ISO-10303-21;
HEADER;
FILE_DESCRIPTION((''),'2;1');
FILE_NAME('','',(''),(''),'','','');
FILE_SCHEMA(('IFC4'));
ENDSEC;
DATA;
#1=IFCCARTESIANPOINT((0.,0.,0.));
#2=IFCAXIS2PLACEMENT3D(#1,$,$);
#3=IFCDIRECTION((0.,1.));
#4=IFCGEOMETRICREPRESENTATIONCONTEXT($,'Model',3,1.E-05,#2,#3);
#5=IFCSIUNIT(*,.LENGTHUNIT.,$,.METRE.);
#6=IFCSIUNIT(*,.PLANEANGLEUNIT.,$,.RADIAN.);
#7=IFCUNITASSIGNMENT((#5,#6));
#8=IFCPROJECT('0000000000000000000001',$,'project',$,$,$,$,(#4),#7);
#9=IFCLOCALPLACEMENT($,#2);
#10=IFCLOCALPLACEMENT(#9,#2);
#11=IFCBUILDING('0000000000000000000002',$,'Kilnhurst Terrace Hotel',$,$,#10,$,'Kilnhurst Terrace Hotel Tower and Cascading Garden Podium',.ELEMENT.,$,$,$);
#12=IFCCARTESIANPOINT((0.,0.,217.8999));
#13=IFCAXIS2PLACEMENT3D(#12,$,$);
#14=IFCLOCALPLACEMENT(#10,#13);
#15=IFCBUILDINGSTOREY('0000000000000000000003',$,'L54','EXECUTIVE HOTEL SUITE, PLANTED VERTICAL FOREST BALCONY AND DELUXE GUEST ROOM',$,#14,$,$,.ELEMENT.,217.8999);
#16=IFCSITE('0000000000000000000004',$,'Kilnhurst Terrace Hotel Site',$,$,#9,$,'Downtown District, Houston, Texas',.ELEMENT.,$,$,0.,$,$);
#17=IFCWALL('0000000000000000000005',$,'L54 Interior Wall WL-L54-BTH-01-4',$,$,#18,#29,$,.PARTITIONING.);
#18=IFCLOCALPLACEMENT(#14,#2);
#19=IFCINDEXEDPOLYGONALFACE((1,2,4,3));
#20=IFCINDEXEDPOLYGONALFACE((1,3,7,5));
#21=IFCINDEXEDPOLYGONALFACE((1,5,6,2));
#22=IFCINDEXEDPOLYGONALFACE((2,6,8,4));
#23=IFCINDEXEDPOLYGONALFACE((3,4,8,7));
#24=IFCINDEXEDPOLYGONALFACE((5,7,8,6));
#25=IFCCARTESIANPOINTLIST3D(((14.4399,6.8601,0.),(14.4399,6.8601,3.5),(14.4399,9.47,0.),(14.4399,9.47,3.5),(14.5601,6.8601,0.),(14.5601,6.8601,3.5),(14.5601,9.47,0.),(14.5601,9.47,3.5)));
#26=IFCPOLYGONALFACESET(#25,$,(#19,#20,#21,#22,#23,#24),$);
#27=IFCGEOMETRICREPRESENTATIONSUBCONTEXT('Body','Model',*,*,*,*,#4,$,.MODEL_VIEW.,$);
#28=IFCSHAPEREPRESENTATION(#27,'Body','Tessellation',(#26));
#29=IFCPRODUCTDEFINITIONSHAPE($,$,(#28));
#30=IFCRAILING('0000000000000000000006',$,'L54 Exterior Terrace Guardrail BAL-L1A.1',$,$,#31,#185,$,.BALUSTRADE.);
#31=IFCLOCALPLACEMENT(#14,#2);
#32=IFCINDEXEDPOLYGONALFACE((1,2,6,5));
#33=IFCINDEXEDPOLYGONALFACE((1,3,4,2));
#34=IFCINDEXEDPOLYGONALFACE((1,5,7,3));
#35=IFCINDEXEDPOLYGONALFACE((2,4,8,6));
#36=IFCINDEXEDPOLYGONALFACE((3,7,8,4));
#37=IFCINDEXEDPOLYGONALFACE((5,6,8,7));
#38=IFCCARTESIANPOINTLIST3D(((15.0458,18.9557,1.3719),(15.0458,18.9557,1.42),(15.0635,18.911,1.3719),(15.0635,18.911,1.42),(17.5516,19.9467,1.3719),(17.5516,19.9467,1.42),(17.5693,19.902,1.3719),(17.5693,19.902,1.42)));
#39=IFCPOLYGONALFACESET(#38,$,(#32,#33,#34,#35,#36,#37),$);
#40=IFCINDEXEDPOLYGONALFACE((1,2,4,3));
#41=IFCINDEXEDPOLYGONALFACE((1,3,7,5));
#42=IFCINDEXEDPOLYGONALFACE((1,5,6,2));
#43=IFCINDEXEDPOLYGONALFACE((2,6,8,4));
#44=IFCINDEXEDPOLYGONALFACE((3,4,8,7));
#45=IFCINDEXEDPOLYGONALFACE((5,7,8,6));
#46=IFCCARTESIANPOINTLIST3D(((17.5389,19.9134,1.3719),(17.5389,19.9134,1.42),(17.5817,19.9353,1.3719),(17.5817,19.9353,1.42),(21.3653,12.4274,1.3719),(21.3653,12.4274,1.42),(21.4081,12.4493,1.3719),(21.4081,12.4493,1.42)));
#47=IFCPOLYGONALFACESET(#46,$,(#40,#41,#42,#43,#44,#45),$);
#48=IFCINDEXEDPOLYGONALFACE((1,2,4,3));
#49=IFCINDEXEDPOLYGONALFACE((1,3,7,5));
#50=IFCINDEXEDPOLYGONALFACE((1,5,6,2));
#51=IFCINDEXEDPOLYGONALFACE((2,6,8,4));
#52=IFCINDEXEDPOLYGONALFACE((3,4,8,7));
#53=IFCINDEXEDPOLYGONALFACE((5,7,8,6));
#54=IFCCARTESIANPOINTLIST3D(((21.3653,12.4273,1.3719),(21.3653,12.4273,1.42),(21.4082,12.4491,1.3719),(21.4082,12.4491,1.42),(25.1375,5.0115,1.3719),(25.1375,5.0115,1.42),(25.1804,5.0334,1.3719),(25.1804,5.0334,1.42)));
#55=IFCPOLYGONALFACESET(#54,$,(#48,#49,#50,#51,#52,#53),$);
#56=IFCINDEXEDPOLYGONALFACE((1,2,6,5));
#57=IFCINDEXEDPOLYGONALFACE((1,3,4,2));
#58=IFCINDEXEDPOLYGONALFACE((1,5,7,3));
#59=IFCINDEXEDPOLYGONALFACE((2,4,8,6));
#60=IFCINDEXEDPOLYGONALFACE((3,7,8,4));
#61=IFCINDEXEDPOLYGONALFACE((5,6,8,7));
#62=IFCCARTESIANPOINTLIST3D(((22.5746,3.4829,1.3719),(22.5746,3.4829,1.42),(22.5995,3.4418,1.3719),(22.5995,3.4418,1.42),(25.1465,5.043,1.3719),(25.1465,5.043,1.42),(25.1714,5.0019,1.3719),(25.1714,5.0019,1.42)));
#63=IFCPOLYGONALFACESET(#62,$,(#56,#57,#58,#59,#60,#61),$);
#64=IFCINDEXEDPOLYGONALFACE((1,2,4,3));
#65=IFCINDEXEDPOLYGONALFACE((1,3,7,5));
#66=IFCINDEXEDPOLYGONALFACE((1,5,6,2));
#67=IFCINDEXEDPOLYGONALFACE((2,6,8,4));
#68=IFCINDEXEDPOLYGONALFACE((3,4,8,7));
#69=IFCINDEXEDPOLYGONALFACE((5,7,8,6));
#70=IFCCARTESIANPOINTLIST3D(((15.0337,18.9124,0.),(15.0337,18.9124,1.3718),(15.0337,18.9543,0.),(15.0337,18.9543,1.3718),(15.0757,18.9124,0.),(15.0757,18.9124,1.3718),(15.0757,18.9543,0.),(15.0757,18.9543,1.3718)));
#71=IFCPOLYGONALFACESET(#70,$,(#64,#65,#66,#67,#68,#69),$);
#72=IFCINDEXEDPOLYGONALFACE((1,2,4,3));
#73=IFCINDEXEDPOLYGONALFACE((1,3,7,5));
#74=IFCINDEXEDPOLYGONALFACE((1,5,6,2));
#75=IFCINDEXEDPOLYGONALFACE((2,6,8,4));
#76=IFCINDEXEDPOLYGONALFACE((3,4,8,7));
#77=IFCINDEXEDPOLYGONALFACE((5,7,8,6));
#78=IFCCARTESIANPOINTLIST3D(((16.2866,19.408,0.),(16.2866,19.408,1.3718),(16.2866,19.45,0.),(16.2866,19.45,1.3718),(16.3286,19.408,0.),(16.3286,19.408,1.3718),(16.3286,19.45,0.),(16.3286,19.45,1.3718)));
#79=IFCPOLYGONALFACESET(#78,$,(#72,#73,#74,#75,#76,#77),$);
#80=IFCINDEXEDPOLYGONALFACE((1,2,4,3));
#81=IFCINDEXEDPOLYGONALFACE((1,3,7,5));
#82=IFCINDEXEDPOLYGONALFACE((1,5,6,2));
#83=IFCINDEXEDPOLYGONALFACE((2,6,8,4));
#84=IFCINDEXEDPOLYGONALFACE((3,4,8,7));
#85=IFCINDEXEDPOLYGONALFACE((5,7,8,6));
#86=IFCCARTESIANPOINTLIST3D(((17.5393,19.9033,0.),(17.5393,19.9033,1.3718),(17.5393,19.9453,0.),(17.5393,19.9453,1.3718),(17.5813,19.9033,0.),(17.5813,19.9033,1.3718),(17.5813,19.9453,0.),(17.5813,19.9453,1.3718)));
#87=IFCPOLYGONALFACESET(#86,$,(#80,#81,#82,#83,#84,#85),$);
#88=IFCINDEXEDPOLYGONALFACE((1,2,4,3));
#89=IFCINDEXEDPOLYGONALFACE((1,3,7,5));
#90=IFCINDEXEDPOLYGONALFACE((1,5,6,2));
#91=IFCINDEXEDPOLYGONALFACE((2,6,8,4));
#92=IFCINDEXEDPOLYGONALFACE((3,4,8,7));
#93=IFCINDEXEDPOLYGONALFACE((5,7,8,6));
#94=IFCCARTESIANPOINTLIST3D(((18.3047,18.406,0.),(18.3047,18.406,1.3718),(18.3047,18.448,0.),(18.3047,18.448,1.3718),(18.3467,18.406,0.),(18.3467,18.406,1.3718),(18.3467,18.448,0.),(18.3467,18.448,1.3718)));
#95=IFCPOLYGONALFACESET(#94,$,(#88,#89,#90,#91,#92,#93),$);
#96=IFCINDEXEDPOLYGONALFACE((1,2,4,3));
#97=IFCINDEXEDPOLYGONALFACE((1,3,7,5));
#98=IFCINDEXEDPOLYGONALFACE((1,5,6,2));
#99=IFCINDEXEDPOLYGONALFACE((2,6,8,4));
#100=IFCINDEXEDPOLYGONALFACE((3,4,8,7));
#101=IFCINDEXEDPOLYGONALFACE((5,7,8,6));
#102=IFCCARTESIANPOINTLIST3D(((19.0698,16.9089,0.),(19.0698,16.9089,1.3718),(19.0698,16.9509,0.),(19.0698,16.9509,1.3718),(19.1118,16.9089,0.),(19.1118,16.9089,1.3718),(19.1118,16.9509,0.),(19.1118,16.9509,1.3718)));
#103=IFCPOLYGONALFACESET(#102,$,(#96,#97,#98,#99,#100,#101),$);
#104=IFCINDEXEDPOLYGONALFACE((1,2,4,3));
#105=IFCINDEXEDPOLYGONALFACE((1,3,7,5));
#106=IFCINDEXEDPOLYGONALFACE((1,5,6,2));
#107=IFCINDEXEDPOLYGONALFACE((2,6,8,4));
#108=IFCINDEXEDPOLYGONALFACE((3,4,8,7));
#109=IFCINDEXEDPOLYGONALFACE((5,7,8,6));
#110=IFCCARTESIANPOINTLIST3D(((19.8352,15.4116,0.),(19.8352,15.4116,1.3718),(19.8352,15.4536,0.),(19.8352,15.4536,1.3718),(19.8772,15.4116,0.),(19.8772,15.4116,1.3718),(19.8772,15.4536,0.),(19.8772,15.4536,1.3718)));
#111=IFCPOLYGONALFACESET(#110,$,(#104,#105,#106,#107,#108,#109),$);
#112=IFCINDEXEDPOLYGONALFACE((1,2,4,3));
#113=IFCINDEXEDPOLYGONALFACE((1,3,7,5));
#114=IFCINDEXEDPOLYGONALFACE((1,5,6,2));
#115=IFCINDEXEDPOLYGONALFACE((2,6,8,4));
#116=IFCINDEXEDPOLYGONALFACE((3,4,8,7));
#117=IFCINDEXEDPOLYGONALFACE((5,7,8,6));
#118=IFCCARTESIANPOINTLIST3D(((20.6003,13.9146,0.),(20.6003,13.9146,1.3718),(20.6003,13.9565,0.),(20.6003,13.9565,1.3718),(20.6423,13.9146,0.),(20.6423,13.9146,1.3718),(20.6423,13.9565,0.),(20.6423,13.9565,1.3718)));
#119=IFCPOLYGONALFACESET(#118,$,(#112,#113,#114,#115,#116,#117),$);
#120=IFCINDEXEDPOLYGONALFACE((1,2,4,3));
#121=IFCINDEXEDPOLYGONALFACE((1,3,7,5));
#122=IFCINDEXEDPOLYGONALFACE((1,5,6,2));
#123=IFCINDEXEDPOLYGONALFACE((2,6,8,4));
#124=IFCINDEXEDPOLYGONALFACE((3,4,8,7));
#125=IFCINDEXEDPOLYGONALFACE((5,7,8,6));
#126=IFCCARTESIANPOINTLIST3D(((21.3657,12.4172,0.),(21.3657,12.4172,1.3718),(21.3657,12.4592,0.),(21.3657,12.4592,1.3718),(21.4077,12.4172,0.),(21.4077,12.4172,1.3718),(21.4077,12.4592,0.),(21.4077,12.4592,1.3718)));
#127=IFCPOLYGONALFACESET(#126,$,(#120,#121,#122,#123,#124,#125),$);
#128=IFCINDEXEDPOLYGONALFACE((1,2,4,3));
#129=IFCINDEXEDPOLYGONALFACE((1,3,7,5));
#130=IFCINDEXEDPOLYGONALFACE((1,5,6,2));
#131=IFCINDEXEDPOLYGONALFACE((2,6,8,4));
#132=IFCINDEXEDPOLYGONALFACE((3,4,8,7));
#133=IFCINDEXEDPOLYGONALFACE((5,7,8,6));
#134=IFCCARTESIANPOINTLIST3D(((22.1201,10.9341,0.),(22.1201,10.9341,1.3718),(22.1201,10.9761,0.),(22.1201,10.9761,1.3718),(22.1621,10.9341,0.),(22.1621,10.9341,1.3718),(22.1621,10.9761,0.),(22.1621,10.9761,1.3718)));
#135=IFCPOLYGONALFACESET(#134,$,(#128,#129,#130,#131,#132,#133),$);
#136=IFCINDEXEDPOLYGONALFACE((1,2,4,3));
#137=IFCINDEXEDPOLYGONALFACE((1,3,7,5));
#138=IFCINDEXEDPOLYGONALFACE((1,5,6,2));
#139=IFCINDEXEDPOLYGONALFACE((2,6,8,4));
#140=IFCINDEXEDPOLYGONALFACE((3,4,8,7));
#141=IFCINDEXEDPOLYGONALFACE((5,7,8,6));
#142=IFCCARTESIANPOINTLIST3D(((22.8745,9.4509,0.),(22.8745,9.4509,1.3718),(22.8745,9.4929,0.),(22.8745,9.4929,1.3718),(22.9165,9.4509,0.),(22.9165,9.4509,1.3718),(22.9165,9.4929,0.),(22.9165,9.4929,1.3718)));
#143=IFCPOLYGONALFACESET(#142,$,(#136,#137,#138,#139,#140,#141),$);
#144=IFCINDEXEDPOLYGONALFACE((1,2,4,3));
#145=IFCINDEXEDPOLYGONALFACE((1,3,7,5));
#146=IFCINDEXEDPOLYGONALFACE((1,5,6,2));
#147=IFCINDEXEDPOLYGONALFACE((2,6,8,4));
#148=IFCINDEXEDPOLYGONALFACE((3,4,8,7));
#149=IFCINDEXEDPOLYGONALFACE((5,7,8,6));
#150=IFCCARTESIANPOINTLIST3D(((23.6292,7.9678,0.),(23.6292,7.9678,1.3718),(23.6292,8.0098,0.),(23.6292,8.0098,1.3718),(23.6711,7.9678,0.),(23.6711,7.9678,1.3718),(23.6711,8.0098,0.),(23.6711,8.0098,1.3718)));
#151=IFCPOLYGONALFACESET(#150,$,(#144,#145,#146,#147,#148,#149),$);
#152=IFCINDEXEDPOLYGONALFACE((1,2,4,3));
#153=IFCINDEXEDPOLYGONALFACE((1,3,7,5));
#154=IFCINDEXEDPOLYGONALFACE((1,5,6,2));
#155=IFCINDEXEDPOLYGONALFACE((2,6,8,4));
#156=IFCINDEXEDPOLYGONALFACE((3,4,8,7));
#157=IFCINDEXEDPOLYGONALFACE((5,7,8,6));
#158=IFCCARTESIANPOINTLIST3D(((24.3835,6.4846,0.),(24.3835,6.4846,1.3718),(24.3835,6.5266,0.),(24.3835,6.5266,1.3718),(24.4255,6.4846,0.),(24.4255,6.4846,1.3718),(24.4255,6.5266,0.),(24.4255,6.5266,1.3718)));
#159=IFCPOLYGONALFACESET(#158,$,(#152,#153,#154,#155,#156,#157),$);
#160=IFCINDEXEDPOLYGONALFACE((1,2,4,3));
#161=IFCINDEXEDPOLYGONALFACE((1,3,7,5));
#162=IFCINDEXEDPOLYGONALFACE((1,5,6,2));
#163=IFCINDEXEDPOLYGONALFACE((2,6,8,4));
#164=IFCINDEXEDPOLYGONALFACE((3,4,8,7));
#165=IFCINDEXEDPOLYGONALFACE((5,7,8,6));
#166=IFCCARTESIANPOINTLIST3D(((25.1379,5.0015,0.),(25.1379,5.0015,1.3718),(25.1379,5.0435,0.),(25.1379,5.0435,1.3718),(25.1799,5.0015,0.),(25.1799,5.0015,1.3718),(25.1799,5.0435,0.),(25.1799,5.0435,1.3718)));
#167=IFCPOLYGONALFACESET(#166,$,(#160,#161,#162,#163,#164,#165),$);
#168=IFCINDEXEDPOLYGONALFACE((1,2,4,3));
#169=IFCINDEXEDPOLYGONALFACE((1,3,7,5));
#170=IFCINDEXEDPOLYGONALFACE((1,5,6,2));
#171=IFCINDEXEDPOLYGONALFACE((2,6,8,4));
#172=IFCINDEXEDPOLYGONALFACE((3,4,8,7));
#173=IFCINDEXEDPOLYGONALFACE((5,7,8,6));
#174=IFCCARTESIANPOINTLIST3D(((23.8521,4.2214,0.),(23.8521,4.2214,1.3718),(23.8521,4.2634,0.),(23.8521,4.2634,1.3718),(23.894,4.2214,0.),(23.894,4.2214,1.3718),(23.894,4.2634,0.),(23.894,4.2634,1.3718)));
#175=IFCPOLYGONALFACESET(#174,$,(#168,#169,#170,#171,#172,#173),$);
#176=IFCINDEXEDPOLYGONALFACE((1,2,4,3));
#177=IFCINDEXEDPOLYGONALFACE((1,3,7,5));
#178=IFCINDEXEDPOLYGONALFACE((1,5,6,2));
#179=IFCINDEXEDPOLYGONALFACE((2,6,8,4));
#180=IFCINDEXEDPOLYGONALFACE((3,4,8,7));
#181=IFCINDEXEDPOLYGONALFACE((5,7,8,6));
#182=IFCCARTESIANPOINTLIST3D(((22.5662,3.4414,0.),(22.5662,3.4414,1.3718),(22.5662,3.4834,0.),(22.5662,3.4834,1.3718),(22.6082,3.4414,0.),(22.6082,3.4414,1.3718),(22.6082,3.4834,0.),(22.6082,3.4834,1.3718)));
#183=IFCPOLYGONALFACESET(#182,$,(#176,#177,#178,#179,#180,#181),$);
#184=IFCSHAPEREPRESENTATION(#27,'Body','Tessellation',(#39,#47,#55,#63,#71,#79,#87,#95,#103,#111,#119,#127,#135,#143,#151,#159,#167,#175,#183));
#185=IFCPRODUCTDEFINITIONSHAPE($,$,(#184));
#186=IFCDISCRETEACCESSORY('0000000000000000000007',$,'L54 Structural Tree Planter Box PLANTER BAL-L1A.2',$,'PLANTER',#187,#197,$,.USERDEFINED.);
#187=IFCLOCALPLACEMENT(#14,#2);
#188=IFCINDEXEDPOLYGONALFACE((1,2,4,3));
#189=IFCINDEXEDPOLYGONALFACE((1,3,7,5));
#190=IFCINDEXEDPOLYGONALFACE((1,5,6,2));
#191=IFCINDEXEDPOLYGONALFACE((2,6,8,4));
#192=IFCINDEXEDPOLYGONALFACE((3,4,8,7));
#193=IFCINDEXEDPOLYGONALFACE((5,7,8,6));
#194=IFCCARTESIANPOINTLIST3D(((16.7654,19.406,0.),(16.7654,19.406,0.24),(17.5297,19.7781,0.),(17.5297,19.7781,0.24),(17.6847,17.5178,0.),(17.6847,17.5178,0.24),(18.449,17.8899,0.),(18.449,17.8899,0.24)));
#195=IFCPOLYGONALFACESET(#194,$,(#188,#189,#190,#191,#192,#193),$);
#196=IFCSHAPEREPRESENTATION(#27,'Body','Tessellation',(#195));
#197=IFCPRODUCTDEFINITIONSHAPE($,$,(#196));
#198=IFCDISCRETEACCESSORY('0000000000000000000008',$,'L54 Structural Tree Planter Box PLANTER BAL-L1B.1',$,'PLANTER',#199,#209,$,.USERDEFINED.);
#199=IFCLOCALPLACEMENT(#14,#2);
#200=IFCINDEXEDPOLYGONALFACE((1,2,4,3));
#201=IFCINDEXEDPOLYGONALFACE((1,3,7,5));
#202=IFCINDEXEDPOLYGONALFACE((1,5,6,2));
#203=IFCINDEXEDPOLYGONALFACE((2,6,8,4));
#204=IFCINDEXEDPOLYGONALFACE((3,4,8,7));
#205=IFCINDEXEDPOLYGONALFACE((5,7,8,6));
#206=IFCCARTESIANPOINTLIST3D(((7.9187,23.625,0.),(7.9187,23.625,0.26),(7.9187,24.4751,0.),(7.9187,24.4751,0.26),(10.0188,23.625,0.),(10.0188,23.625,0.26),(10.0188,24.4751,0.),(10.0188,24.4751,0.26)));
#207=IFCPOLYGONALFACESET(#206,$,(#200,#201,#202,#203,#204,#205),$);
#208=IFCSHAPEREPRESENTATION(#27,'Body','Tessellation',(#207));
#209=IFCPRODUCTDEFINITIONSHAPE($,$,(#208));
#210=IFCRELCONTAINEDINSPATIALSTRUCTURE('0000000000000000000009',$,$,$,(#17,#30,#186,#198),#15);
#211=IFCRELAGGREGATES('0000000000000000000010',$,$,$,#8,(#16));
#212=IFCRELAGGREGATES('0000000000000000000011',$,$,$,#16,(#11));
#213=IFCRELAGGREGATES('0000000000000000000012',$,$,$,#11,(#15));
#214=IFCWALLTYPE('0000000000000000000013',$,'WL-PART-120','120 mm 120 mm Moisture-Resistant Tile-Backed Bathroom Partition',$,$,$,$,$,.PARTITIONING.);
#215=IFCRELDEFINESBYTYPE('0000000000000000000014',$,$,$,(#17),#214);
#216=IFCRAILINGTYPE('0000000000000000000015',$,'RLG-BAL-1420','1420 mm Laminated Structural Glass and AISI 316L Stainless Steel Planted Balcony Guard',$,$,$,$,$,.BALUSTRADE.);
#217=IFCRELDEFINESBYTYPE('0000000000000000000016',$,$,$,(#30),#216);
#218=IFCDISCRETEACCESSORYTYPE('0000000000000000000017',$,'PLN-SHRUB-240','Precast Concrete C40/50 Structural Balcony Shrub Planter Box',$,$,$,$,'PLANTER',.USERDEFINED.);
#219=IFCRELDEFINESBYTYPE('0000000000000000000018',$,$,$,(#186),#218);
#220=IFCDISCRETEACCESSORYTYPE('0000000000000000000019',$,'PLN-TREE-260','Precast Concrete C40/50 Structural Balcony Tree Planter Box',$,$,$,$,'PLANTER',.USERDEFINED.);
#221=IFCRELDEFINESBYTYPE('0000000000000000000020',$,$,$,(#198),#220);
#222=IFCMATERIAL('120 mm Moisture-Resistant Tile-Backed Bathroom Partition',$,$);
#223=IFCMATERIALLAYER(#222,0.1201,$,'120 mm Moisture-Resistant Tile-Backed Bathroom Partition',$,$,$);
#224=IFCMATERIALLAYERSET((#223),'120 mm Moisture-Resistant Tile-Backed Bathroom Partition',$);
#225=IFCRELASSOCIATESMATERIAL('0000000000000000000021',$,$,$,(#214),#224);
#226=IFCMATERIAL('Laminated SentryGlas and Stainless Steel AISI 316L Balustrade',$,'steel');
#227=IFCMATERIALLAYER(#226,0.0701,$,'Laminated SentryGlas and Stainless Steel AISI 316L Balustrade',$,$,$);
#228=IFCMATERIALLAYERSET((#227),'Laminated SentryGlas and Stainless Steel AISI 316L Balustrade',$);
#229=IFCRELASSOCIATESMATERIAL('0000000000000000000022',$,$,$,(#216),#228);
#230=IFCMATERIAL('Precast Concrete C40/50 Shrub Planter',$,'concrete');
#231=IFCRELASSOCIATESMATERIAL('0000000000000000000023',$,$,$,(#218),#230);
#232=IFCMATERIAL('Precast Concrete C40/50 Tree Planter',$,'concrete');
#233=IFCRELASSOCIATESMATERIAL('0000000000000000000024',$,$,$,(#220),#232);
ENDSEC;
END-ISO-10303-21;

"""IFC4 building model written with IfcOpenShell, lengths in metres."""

from ifc_helpers import new_model, si_unit, direction, frame, frame_2d, origin, origin_2d, place, context, subcontext, project, spatial, rectangle, extrude, material, layer, layer_set, type_object, element, save


model = new_model("IFC4")

# Units and contexts
model_context = context("Model", 3, precision=1e-05, world=origin(), true_north=direction((0.0, 1.0)))
body_context = subcontext(model_context, "Body", "Model", "MODEL_VIEW")
ifc_project = project(units=[si_unit("LENGTHUNIT", "METRE"), si_unit("PLANEANGLEUNIT", "RADIAN")], contexts=[model_context])

# Site, building, storey
site_placement = place(None, origin())
site = spatial("IfcSite", under=ifc_project, at=site_placement, Name="Kilnhurst Terrace Hotel Site", LongName="Downtown District, Houston, Texas", CompositionType="ELEMENT", RefElevation=0.0)
building_placement = place(site_placement, origin())
building = spatial("IfcBuilding", under=site, at=building_placement, Name="Kilnhurst Terrace Hotel", LongName="Kilnhurst Terrace Hotel Tower and Cascading Garden Podium", CompositionType="ELEMENT")
storey_placement = place(building_placement, frame((0.0, 0.0, 217.8999)))
storey = spatial("IfcBuildingStorey", under=building, at=storey_placement, Name="L54", Description="EXECUTIVE HOTEL SUITE, PLANTED VERTICAL FOREST BALCONY AND DELUXE GUEST ROOM", CompositionType="ELEMENT", Elevation=217.8999)

# Wall
ifc_material_1 = material(Name="120 mm Moisture-Resistant Tile-Backed Bathroom Partition")
ifc_layer_1 = layer(ifc_material_1, 0.1201, Name="120 mm Moisture-Resistant Tile-Backed Bathroom Partition")
ifc_layer_set_1 = layer_set([ifc_layer_1], Name="120 mm Moisture-Resistant Tile-Backed Bathroom Partition")
wall_type_1 = type_object("IfcWallType", Name="WL-PART-120", Description="120 mm 120 mm Moisture-Resistant Tile-Backed Bathroom Partition", PredefinedType="PARTITIONING", material=ifc_layer_set_1)
wall_1_placement = place(storey_placement, frame((14.5, 9.47, 0.0), z_axis=(0.0, 0.0, 1.0), x_axis=(0.0, -1.0, 0.0)))
element("IfcWall", 1, at=wall_1_placement, inside=storey, type_object=wall_type_1, Name="L54 Interior Wall WL-L54-BTH-01-4", PredefinedType="PARTITIONING", context=body_context, shape_type="SweptSolid", body=[
    extrude(rectangle(XDim=2.6099, YDim=0.1201, at=frame_2d((1.3049, 0.0))), origin(), (0.0, 0.0, 1.0), 3.5),
])

# Railing
ifc_material_2 = material(Name="Laminated SentryGlas and Stainless Steel AISI 316L Balustrade", Category="steel")
ifc_layer_2 = layer(ifc_material_2, 0.0701, Name="Laminated SentryGlas and Stainless Steel AISI 316L Balustrade")
ifc_layer_set_2 = layer_set([ifc_layer_2], Name="Laminated SentryGlas and Stainless Steel AISI 316L Balustrade")
railing_type = type_object("IfcRailingType", Name="RLG-BAL-1420", Description="1420 mm Laminated Structural Glass and AISI 316L Stainless Steel Planted Balcony Guard", PredefinedType="BALUSTRADE", material=ifc_layer_set_2)
railing_placement = place(storey_placement, frame((15.0547, 18.9333, 0.0)))
element("IfcRailing", 2, at=railing_placement, inside=storey, type_object=railing_type, Name="L54 Exterior Terrace Guardrail BAL-L1A.1", PredefinedType="BALUSTRADE", context=body_context, shape_type="SweptSolid", body=[
    extrude(rectangle(XDim=0.0481, YDim=0.0481, at=origin_2d()), frame((0.0, 0.0, 1.396), z_axis=(0.929913, 0.367779, 0.0), x_axis=(-0.367779, 0.929913, 0.0)), (0.0, 0.0, 1.0), 2.6946),
    extrude(rectangle(XDim=0.0481, YDim=0.0481, at=origin_2d()), frame((2.5056, 0.991, 1.396), z_axis=(0.455129, -0.890425, 0.0), x_axis=(0.890425, 0.455129, 0.0)), (0.0, 0.0, 1.0), 8.4072),
    extrude(rectangle(XDim=0.0481, YDim=0.0481, at=origin_2d()), frame((6.332, -6.4951, 1.396), z_axis=(0.453389, -0.891313, 0.0), x_axis=(0.891313, 0.453389, 0.0)), (0.0, 0.0, 1.0), 8.3201),
    extrude(rectangle(XDim=0.0481, YDim=0.0481, at=origin_2d()), frame((10.1042, -13.9109, 1.396), z_axis=(-0.854991, -0.518643, 0.0), x_axis=(0.518643, -0.854991, 0.0)), (0.0, 0.0, 1.0), 3.0081),
    extrude(rectangle(XDim=0.042, YDim=0.042, at=origin_2d()), origin(), (0.0, 0.0, 1.0), 1.3718),
    extrude(rectangle(XDim=0.042, YDim=0.042, at=origin_2d()), frame((1.2529, 0.4956, 0.0)), (0.0, 0.0, 1.0), 1.3718),
    extrude(rectangle(XDim=0.042, YDim=0.042, at=origin_2d()), frame((2.5056, 0.991, 0.0)), (0.0, 0.0, 1.0), 1.3718),
    extrude(rectangle(XDim=0.042, YDim=0.042, at=origin_2d()), frame((3.271, -0.5063, 0.0)), (0.0, 0.0, 1.0), 1.3718),
    extrude(rectangle(XDim=0.042, YDim=0.042, at=origin_2d()), frame((4.0361, -2.0034, 0.0)), (0.0, 0.0, 1.0), 1.3718),
    extrude(rectangle(XDim=0.042, YDim=0.042, at=origin_2d()), frame((4.8015, -3.5007, 0.0)), (0.0, 0.0, 1.0), 1.3718),
    extrude(rectangle(XDim=0.042, YDim=0.042, at=origin_2d()), frame((5.5667, -4.9978, 0.0)), (0.0, 0.0, 1.0), 1.3718),
    extrude(rectangle(XDim=0.042, YDim=0.042, at=origin_2d()), frame((6.332, -6.4951, 0.0)), (0.0, 0.0, 1.0), 1.3718),
    extrude(rectangle(XDim=0.042, YDim=0.042, at=origin_2d()), frame((7.0864, -7.9783, 0.0)), (0.0, 0.0, 1.0), 1.3718),
    extrude(rectangle(XDim=0.042, YDim=0.042, at=origin_2d()), frame((7.8408, -9.4614, 0.0)), (0.0, 0.0, 1.0), 1.3718),
    extrude(rectangle(XDim=0.042, YDim=0.042, at=origin_2d()), frame((8.5955, -10.9446, 0.0)), (0.0, 0.0, 1.0), 1.3718),
    extrude(rectangle(XDim=0.042, YDim=0.042, at=origin_2d()), frame((9.3499, -12.4277, 0.0)), (0.0, 0.0, 1.0), 1.3718),
    extrude(rectangle(XDim=0.042, YDim=0.042, at=origin_2d()), frame((10.1042, -13.9109, 0.0)), (0.0, 0.0, 1.0), 1.3718),
    extrude(rectangle(XDim=0.042, YDim=0.042, at=origin_2d()), frame((8.8184, -14.6909, 0.0)), (0.0, 0.0, 1.0), 1.3718),
    extrude(rectangle(XDim=0.042, YDim=0.042, at=origin_2d()), frame((7.5325, -15.4709, 0.0)), (0.0, 0.0, 1.0), 1.3718),
])

# Discrete accessories
ifc_material_3 = material(Name="Precast Concrete C40/50 Shrub Planter", Category="concrete")
discrete_accessory_type_1 = type_object("IfcDiscreteAccessoryType", Name="PLN-SHRUB-240", Description="Precast Concrete C40/50 Structural Balcony Shrub Planter Box", ElementType="PLANTER", PredefinedType="USERDEFINED", material=ifc_material_3)
discrete_accessory_1_placement = place(storey_placement, frame((17.6072, 18.6479, 0.0), z_axis=(0.0, 0.0, 1.0), x_axis=(-0.437744, 0.8991, 0.0)))
element("IfcDiscreteAccessory", 3, at=discrete_accessory_1_placement, inside=storey, type_object=discrete_accessory_type_1, Name="L54 Structural Tree Planter Box PLANTER BAL-L1A.2", ObjectType="PLANTER", PredefinedType="USERDEFINED", context=body_context, shape_type="SweptSolid", body=[
    extrude(rectangle(XDim=2.1001, YDim=0.8501, at=origin_2d()), origin(), (0.0, 0.0, 1.0), 0.24),
])
ifc_material_4 = material(Name="Precast Concrete C40/50 Tree Planter", Category="concrete")
discrete_accessory_type_2 = type_object("IfcDiscreteAccessoryType", Name="PLN-TREE-260", Description="Precast Concrete C40/50 Structural Balcony Tree Planter Box", ElementType="PLANTER", PredefinedType="USERDEFINED", material=ifc_material_4)
discrete_accessory_2_placement = place(storey_placement, frame((8.9688, 24.05, 0.0), z_axis=(0.0, 0.0, 1.0), x_axis=(-1.0, 0.0, 0.0)))
element("IfcDiscreteAccessory", 4, at=discrete_accessory_2_placement, inside=storey, type_object=discrete_accessory_type_2, Name="L54 Structural Tree Planter Box PLANTER BAL-L1B.1", ObjectType="PLANTER", PredefinedType="USERDEFINED", context=body_context, shape_type="SweptSolid", body=[
    extrude(rectangle(XDim=2.1001, YDim=0.8501, at=origin_2d()), origin(), (0.0, 0.0, 1.0), 0.26),
])

save(model, "model.ifc")
